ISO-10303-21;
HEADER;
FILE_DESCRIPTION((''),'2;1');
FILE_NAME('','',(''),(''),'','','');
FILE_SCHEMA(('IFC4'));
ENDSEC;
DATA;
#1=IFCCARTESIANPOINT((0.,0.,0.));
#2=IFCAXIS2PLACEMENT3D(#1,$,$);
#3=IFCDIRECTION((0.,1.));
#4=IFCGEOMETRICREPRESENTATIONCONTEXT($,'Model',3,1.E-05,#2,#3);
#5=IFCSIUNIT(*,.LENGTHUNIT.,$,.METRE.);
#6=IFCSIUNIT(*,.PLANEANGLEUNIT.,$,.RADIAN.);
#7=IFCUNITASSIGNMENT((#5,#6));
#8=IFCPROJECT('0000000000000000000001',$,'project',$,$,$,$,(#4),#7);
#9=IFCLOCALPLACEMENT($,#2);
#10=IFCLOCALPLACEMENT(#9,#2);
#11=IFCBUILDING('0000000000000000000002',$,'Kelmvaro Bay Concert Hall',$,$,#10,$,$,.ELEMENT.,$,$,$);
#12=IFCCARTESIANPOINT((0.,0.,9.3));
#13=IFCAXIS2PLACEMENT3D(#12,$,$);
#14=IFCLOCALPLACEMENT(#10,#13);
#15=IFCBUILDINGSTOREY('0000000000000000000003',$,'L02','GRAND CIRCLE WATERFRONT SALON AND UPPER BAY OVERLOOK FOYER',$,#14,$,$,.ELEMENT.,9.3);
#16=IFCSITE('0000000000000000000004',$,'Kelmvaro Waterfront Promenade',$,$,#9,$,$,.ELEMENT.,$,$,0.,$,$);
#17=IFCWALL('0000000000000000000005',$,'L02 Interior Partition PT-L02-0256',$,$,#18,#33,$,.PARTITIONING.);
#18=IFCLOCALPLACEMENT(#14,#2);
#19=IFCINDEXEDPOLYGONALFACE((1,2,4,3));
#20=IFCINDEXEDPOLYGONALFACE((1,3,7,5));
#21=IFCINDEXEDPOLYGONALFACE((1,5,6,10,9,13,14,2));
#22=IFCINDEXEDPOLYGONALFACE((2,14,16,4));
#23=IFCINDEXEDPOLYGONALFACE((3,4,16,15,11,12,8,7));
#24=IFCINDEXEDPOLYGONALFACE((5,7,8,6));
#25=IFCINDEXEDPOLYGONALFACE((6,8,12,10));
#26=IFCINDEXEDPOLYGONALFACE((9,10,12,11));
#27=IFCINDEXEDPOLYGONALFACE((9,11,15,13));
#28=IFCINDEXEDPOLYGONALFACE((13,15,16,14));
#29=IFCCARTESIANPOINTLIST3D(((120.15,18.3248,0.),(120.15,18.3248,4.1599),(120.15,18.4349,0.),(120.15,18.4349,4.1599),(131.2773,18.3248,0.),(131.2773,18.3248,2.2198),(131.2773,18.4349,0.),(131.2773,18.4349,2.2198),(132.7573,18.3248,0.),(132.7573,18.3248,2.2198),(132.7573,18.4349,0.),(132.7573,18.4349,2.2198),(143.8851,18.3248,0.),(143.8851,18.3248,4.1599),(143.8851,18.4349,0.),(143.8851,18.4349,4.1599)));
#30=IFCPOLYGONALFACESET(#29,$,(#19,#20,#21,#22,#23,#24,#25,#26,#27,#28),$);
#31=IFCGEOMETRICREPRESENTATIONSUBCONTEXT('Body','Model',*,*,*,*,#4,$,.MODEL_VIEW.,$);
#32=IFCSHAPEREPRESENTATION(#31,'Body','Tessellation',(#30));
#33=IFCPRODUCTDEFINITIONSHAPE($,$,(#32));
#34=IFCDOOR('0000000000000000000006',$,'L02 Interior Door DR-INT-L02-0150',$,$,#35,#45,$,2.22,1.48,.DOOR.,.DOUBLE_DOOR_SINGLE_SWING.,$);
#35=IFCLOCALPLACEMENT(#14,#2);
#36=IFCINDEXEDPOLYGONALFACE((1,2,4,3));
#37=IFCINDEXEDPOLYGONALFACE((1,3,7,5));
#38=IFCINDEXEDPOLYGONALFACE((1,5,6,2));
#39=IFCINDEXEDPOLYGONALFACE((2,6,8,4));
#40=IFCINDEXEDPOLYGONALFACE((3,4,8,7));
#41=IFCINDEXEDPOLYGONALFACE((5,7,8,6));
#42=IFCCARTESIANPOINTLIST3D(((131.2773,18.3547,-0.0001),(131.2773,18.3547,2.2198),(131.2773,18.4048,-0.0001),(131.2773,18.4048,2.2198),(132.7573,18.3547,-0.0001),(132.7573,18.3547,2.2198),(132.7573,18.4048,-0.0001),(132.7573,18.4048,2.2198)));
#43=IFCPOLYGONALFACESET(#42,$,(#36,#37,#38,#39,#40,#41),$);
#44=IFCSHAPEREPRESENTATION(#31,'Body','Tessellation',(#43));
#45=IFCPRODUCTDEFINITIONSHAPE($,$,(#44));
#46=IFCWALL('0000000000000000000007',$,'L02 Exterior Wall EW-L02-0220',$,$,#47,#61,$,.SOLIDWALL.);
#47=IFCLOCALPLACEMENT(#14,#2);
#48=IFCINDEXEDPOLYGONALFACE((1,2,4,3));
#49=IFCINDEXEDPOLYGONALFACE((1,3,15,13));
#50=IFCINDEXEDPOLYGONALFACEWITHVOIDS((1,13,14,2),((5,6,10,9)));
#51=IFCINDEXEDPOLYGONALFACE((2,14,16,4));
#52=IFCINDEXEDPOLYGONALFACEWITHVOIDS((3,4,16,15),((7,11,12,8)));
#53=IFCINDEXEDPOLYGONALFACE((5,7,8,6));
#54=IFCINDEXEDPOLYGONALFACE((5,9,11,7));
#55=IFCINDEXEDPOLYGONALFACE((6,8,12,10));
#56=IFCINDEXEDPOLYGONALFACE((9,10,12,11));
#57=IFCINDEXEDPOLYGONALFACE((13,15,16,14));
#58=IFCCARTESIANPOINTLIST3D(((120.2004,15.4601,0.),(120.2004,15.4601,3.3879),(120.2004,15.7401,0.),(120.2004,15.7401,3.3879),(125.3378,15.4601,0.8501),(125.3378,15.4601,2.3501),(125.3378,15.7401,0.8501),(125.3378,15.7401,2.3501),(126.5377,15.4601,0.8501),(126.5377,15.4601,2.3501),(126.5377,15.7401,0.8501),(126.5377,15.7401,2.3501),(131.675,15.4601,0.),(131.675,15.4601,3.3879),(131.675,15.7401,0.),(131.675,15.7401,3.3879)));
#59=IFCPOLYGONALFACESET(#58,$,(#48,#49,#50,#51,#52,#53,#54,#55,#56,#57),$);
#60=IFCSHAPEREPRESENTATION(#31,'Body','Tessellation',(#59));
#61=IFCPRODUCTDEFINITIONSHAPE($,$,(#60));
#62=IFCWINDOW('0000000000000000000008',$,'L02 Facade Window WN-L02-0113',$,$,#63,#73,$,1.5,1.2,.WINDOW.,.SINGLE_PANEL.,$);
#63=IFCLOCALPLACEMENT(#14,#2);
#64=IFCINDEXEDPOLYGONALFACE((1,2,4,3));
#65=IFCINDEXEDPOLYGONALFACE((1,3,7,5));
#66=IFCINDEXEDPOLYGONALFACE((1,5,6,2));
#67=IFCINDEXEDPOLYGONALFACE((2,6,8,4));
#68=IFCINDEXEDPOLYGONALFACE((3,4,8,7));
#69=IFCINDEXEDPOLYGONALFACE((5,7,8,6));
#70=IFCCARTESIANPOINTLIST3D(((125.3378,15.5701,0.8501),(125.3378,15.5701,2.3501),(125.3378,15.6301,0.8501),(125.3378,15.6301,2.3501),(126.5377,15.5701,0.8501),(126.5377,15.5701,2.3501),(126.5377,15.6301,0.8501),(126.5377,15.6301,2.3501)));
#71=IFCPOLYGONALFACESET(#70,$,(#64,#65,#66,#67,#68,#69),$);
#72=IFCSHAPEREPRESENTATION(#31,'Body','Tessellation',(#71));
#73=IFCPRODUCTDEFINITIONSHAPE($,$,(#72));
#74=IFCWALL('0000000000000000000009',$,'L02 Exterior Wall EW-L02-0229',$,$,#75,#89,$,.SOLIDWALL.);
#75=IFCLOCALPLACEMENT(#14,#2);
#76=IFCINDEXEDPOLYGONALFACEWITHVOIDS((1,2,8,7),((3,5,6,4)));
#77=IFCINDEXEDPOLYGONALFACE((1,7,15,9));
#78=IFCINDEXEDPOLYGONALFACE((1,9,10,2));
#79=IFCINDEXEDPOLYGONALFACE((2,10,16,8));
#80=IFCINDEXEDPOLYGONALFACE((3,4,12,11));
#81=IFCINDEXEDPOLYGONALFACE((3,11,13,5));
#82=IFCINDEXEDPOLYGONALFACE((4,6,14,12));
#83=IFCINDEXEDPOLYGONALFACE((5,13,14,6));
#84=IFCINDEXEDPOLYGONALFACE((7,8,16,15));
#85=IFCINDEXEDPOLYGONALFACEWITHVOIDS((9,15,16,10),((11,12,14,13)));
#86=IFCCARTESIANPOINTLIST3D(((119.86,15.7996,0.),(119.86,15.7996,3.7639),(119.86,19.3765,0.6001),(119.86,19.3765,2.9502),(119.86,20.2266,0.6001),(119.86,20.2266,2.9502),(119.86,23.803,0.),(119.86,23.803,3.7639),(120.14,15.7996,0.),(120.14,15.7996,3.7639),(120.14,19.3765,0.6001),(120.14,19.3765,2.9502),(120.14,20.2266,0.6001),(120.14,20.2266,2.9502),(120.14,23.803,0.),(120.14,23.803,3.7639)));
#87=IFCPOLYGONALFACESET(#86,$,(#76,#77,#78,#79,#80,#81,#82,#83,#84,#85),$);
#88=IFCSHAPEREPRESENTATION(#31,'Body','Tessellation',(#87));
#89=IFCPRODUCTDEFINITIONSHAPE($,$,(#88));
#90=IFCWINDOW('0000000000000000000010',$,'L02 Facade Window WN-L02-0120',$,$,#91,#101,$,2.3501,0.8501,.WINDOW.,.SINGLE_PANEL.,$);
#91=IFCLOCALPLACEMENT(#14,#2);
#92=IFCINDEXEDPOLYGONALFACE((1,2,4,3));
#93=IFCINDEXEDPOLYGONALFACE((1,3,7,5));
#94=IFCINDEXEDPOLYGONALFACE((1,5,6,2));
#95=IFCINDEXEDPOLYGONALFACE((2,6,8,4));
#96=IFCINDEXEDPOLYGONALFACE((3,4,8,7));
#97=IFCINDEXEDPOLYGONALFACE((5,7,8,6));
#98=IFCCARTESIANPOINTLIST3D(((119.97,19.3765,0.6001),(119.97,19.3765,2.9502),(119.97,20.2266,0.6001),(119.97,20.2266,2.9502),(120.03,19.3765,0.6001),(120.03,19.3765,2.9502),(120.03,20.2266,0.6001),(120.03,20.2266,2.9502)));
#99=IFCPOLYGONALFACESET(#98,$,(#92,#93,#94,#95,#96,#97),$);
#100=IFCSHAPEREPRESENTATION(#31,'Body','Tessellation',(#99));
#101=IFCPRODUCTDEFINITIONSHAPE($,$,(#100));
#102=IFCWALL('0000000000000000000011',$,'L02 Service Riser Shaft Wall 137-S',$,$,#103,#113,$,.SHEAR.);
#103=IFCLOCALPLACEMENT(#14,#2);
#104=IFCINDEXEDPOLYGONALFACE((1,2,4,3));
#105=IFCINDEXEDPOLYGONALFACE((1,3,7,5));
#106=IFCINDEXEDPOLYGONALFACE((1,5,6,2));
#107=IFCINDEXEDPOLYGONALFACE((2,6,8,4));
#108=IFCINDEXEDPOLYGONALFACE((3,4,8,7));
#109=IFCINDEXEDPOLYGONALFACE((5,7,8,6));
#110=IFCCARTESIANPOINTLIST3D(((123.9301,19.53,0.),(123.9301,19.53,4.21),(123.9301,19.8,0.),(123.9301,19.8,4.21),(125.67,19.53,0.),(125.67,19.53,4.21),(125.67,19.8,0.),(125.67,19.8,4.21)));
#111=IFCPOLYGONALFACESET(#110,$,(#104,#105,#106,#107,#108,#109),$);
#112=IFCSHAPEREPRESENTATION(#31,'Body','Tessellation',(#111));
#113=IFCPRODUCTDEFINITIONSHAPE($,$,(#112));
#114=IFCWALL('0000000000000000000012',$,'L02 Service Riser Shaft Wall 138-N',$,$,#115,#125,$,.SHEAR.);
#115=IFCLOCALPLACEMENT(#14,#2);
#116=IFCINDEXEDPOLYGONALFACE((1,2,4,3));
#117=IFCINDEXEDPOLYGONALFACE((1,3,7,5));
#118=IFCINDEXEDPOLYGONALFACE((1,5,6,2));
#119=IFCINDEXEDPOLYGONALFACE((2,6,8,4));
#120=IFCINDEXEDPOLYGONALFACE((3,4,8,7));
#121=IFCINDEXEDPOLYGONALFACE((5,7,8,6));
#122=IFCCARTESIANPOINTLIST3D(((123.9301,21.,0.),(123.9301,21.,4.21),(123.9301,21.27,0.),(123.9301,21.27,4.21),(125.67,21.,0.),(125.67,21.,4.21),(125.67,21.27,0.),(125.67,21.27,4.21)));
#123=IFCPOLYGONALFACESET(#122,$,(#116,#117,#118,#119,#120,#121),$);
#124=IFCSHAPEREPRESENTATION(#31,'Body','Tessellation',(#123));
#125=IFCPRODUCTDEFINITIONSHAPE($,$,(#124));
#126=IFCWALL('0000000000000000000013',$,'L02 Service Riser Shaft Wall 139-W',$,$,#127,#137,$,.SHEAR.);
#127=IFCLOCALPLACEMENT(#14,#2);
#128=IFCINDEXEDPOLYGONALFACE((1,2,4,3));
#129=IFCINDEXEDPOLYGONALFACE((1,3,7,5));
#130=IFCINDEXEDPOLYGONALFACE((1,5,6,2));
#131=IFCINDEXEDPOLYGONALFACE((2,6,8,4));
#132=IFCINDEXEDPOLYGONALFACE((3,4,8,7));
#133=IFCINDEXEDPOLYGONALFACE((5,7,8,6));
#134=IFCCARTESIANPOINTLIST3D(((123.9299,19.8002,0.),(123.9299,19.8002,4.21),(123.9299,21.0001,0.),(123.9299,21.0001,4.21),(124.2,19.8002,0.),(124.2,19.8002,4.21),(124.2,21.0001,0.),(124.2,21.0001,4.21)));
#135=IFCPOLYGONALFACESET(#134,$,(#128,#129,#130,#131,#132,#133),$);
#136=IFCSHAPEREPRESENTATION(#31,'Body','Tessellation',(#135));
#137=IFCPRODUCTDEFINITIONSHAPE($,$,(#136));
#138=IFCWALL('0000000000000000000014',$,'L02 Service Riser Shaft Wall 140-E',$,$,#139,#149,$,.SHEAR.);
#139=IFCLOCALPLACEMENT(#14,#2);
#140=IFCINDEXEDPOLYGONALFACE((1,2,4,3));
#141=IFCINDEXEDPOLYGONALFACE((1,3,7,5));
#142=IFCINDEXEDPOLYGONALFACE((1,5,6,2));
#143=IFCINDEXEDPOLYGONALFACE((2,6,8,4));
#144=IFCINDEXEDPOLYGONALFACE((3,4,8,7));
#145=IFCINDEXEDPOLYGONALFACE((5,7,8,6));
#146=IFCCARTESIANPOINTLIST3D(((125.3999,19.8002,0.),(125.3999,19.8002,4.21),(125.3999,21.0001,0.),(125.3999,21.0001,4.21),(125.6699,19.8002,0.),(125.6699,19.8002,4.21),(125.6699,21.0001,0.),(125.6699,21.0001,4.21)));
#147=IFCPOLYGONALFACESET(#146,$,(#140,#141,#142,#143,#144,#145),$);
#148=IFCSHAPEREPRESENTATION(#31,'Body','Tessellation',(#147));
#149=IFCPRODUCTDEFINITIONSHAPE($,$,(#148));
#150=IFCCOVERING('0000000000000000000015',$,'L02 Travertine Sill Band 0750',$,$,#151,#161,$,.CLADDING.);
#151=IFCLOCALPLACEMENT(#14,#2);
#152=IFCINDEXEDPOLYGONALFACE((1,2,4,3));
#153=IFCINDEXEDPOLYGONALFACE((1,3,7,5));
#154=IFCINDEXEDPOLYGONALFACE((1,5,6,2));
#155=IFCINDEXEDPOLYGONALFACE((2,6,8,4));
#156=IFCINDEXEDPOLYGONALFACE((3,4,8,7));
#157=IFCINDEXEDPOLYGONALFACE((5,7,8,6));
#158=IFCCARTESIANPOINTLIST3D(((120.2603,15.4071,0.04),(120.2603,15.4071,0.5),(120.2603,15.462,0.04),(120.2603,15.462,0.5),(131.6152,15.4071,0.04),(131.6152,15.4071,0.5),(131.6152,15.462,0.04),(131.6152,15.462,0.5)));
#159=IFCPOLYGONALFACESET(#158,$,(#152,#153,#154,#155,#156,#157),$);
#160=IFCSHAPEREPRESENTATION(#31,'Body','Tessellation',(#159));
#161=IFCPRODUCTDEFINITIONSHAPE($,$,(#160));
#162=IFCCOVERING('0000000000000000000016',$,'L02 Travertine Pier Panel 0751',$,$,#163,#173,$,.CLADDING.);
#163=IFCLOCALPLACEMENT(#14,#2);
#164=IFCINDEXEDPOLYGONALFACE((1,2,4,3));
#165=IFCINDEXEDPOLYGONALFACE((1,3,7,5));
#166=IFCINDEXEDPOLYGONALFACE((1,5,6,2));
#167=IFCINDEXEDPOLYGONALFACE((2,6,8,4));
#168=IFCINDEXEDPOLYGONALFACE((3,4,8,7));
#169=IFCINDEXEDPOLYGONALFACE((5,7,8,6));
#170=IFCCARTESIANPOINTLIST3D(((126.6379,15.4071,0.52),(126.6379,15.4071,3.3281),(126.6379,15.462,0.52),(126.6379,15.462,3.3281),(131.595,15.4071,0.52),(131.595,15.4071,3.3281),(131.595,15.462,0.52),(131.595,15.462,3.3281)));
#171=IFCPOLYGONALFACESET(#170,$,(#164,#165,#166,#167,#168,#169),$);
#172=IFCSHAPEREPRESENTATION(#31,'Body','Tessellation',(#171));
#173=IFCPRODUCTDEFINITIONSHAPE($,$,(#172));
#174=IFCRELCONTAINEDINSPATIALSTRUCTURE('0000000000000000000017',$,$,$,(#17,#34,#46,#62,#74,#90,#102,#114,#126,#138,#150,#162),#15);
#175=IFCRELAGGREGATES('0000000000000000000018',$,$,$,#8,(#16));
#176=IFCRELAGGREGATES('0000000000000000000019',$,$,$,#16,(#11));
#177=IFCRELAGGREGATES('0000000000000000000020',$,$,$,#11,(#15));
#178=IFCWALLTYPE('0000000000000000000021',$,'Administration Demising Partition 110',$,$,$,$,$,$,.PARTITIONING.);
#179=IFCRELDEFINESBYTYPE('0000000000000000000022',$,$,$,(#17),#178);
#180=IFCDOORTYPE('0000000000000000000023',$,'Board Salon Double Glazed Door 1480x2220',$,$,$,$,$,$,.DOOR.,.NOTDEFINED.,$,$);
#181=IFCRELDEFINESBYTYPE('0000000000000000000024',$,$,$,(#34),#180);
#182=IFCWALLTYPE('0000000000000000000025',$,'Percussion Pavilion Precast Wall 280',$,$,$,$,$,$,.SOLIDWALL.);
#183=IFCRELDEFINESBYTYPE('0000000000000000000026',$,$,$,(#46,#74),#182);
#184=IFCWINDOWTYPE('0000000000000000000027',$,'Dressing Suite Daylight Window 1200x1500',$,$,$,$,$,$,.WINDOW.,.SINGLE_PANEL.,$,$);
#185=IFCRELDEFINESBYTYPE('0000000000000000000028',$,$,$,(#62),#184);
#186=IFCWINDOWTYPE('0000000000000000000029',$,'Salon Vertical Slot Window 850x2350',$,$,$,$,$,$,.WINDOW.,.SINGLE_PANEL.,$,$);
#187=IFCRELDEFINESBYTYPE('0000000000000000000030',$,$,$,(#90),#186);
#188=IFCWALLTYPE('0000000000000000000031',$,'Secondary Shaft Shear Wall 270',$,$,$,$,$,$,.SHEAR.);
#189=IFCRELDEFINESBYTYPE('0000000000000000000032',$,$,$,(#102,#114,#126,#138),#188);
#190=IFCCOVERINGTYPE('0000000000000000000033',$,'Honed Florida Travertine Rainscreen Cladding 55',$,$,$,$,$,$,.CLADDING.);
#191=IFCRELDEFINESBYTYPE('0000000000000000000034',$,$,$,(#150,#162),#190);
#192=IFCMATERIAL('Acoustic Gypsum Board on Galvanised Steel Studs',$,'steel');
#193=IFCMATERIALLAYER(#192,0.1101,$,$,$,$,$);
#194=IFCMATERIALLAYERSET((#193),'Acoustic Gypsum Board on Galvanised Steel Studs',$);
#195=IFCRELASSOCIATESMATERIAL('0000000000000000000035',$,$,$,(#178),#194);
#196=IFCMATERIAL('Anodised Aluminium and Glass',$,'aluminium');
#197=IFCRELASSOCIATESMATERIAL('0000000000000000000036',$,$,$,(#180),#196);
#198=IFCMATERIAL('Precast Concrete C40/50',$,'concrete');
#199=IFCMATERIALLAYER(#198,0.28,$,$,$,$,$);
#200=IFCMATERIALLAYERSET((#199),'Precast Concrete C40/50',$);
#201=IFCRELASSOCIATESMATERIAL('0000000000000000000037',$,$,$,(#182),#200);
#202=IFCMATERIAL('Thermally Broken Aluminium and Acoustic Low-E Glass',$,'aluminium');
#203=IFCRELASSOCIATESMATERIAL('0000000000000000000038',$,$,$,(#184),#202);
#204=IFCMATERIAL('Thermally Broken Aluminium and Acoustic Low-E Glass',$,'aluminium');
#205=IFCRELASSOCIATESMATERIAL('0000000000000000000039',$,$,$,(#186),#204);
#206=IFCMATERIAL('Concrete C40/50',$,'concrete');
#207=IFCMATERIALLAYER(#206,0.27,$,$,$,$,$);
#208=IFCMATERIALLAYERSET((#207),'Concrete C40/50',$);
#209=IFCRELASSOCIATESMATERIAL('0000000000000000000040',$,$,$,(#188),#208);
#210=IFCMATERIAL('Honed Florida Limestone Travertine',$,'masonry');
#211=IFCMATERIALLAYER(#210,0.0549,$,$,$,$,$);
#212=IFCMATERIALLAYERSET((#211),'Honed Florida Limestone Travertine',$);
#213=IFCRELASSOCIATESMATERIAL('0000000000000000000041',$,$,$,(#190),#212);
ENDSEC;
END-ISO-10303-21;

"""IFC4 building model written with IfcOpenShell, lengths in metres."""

from ifc_helpers import new_model, si_unit, direction, frame, frame_2d, origin, origin_2d, place, context, subcontext, project, spatial, rectangle, extrude, material, layer, layer_set, type_object, element, fill, save


model = new_model("IFC4")

# Units and contexts
model_context = context("Model", 3, precision=1e-05, world=origin(), true_north=direction((0.0, 1.0)))
body_context = subcontext(model_context, "Body", "Model", "MODEL_VIEW")
ifc_project = project(units=[si_unit("LENGTHUNIT", "METRE"), si_unit("PLANEANGLEUNIT", "RADIAN")], contexts=[model_context])

# Site, building, storey
site_placement = place(None, origin())
site = spatial("IfcSite", under=ifc_project, at=site_placement, Name="Kelmvaro Waterfront Promenade", CompositionType="ELEMENT", RefElevation=0.0)
building_placement = place(site_placement, origin())
building = spatial("IfcBuilding", under=site, at=building_placement, Name="Kelmvaro Bay Concert Hall", CompositionType="ELEMENT")
storey_placement = place(building_placement, frame((0.0, 0.0, 9.3)))
storey = spatial("IfcBuildingStorey", under=building, at=storey_placement, Name="L02", Description="GRAND CIRCLE WATERFRONT SALON AND UPPER BAY OVERLOOK FOYER", CompositionType="ELEMENT", Elevation=9.3)

# Wall, opening, door
ifc_material_1 = material(Name="Acoustic Gypsum Board on Galvanised Steel Studs", Category="steel")
ifc_layer_1 = layer(ifc_material_1, 0.1101)
ifc_layer_set_1 = layer_set([ifc_layer_1], Name="Acoustic Gypsum Board on Galvanised Steel Studs")
wall_type_1 = type_object("IfcWallType", Name="Administration Demising Partition 110", PredefinedType="PARTITIONING", material=ifc_layer_set_1)
wall_1_placement = place(storey_placement, frame((120.1499, 18.3799, 0.0), z_axis=(0.0, 0.0, 1.0), x_axis=(1.0, 0.0, 0.0)))
wall_1 = element("IfcWall", 1, at=wall_1_placement, inside=storey, type_object=wall_type_1, Name="L02 Interior Partition PT-L02-0256", PredefinedType="PARTITIONING", context=body_context, shape_type="SweptSolid", body=[
    extrude(rectangle(XDim=23.7351, YDim=0.1101, at=frame_2d((11.8677, 0.0))), origin(), (0.0, 0.0, 1.0), 4.1599),
])
opening_1_placement = place(wall_1_placement, frame((11.1274, 0.0, 0.0)))
opening_1 = element("IfcOpeningElement", 2, at=opening_1_placement, cuts=wall_1, PredefinedType="OPENING", context=body_context, shape_type="SweptSolid", body=[
    extrude(rectangle(XDim=1.48, YDim=2.22, at=frame_2d((0.74, 1.1099))), frame((0.0, 0.0649, 0.0), z_axis=(0.0, -1.0, 0.0), x_axis=(1.0, 0.0, 0.0)), (0.0, 0.0, 1.0), 0.1301),
])
ifc_material_2 = material(Name="Anodised Aluminium and Glass", Category="aluminium")
door_type = type_object("IfcDoorType", Name="Board Salon Double Glazed Door 1480x2220", OperationType="NOTDEFINED", PredefinedType="DOOR", material=ifc_material_2)
door_placement = place(opening_1_placement, origin())
door = element("IfcDoor", 3, at=door_placement, inside=storey, type_object=door_type, Name="L02 Interior Door DR-INT-L02-0150", OperationType="DOUBLE_DOOR_SINGLE_SWING", OverallHeight=2.22, OverallWidth=1.48, PredefinedType="DOOR", context=body_context, shape_type="SweptSolid", body=[
    extrude(rectangle(XDim=1.48, YDim=2.22, at=frame_2d((0.74, 1.1099))), frame((0.0, 0.0249, 0.0), z_axis=(0.0, -1.0, 0.0), x_axis=(1.0, 0.0, 0.0)), (0.0, 0.0, 1.0), 0.05),
])
fill(opening_1, door)

# Walls, openings, windows
ifc_material_3 = material(Name="Precast Concrete C40/50", Category="concrete")
ifc_layer_2 = layer(ifc_material_3, 0.28)
ifc_layer_set_2 = layer_set([ifc_layer_2], Name="Precast Concrete C40/50")
wall_type_2 = type_object("IfcWallType", Name="Percussion Pavilion Precast Wall 280", PredefinedType="SOLIDWALL", material=ifc_layer_set_2)
wall_2_placement = place(storey_placement, frame((131.675, 15.6001, 0.0), z_axis=(0.0, 0.0, 1.0), x_axis=(-1.0, 0.0, 0.0)))
wall_2 = element("IfcWall", 4, at=wall_2_placement, inside=storey, type_object=wall_type_2, Name="L02 Exterior Wall EW-L02-0220", PredefinedType="SOLIDWALL", context=body_context, shape_type="SweptSolid", body=[
    extrude(rectangle(XDim=11.4746, YDim=0.28, at=frame_2d((5.7373, 0.0))), origin(), (0.0, 0.0, 1.0), 3.3879),
])
opening_2_placement = place(wall_2_placement, frame((5.1372, 0.0, 0.8501)))
opening_2 = element("IfcOpeningElement", 5, at=opening_2_placement, cuts=wall_2, PredefinedType="OPENING", context=body_context, shape_type="SweptSolid", body=[
    extrude(rectangle(XDim=1.2, YDim=1.5, at=frame_2d((0.6001, 0.75))), frame((0.0, 0.1499, 0.0), z_axis=(0.0, -1.0, 0.0), x_axis=(1.0, 0.0, 0.0)), (0.0, 0.0, 1.0), 0.3),
])
ifc_material_4 = material(Name="Thermally Broken Aluminium and Acoustic Low-E Glass", Category="aluminium")
window_type_1 = type_object("IfcWindowType", Name="Dressing Suite Daylight Window 1200x1500", PartitioningType="SINGLE_PANEL", PredefinedType="WINDOW", material=ifc_material_4)
window_1_placement = place(opening_2_placement, origin())
window_1 = element("IfcWindow", 6, at=window_1_placement, inside=storey, type_object=window_type_1, Name="L02 Facade Window WN-L02-0113", OverallHeight=1.5, OverallWidth=1.2, PartitioningType="SINGLE_PANEL", PredefinedType="WINDOW", context=body_context, shape_type="SweptSolid", body=[
    extrude(rectangle(XDim=1.2, YDim=1.5, at=frame_2d((0.6001, 0.75))), frame((0.0, 0.03, 0.0), z_axis=(0.0, -1.0, 0.0), x_axis=(1.0, 0.0, 0.0)), (0.0, 0.0, 1.0), 0.0601),
])
fill(opening_2, window_1)
wall_3_placement = place(storey_placement, frame((120.0, 15.7996, 0.0), z_axis=(0.0, 0.0, 1.0), x_axis=(0.0, 1.0, 0.0)))
wall_3 = element("IfcWall", 7, at=wall_3_placement, inside=storey, type_object=wall_type_2, Name="L02 Exterior Wall EW-L02-0229", PredefinedType="SOLIDWALL", context=body_context, shape_type="SweptSolid", body=[
    extrude(rectangle(XDim=8.0034, YDim=0.28, at=frame_2d((4.0017, 0.0))), origin(), (0.0, 0.0, 1.0), 3.7639),
])
opening_3_placement = place(wall_3_placement, frame((3.5769, 0.0, 0.6001)))
opening_3 = element("IfcOpeningElement", 8, at=opening_3_placement, cuts=wall_3, PredefinedType="OPENING", context=body_context, shape_type="SweptSolid", body=[
    extrude(rectangle(XDim=0.8501, YDim=2.3501, at=frame_2d((0.425, 1.175))), frame((0.0, 0.1499, 0.0), z_axis=(0.0, -1.0, 0.0), x_axis=(1.0, 0.0, 0.0)), (0.0, 0.0, 1.0), 0.3),
])
ifc_material_5 = material(Name="Thermally Broken Aluminium and Acoustic Low-E Glass", Category="aluminium")
window_type_2 = type_object("IfcWindowType", Name="Salon Vertical Slot Window 850x2350", PartitioningType="SINGLE_PANEL", PredefinedType="WINDOW", material=ifc_material_5)
window_2_placement = place(opening_3_placement, origin())
window_2 = element("IfcWindow", 9, at=window_2_placement, inside=storey, type_object=window_type_2, Name="L02 Facade Window WN-L02-0120", OverallHeight=2.3501, OverallWidth=0.8501, PartitioningType="SINGLE_PANEL", PredefinedType="WINDOW", context=body_context, shape_type="SweptSolid", body=[
    extrude(rectangle(XDim=0.8501, YDim=2.3501, at=frame_2d((0.425, 1.175))), frame((0.0, 0.03, 0.0), z_axis=(0.0, -1.0, 0.0), x_axis=(1.0, 0.0, 0.0)), (0.0, 0.0, 1.0), 0.0601),
])
fill(opening_3, window_2)

# Walls
ifc_material_6 = material(Name="Concrete C40/50", Category="concrete")
ifc_layer_3 = layer(ifc_material_6, 0.27)
ifc_layer_set_3 = layer_set([ifc_layer_3], Name="Concrete C40/50")
wall_type_3 = type_object("IfcWallType", Name="Secondary Shaft Shear Wall 270", PredefinedType="SHEAR", material=ifc_layer_set_3)
for number, where, z_axis, x_axis, name in (
    (10, (123.9299, 19.665, 0.0), (0.0, 0.0, 1.0), (1.0, 0.0, 0.0), "L02 Service Riser Shaft Wall 137-S"),
    (11, (123.9299, 21.135, 0.0), (0.0, 0.0, 1.0), (1.0, 0.0, 0.0), "L02 Service Riser Shaft Wall 138-N"),
):
    element("IfcWall", number, at=place(storey_placement, frame(where, z_axis=z_axis, x_axis=x_axis)), inside=storey, type_object=wall_type_3, Name=name, PredefinedType="SHEAR", context=body_context, shape_type="SweptSolid", body=[
        extrude(rectangle(XDim=1.74, YDim=0.27, at=frame_2d((0.8701, 0.0))), origin(), (0.0, 0.0, 1.0), 4.21),
    ])
for number, where, z_axis, x_axis, name in (
    (12, (124.0649, 19.8, 0.0), (0.0, 0.0, 1.0), (0.0, 1.0, 0.0), "L02 Service Riser Shaft Wall 139-W"),
    (13, (125.5349, 19.8, 0.0), (0.0, 0.0, 1.0), (0.0, 1.0, 0.0), "L02 Service Riser Shaft Wall 140-E"),
):
    element("IfcWall", number, at=place(storey_placement, frame(where, z_axis=z_axis, x_axis=x_axis)), inside=storey, type_object=wall_type_3, Name=name, PredefinedType="SHEAR", context=body_context, shape_type="SweptSolid", body=[
        extrude(rectangle(XDim=1.2, YDim=0.27, at=frame_2d((0.6001, 0.0))), origin(), (0.0, 0.0, 1.0), 4.21),
    ])

# Coverings
ifc_material_7 = material(Name="Honed Florida Limestone Travertine", Category="masonry")
ifc_layer_4 = layer(ifc_material_7, 0.0549)
ifc_layer_set_4 = layer_set([ifc_layer_4], Name="Honed Florida Limestone Travertine")
covering_type = type_object("IfcCoveringType", Name="Honed Florida Travertine Rainscreen Cladding 55", PredefinedType="CLADDING", material=ifc_layer_set_4)
covering_1_placement = place(storey_placement, frame((125.9377, 15.4346, 0.04), z_axis=(0.0, 0.0, 1.0), x_axis=(-1.0, 0.0, 0.0)))
element("IfcCovering", 14, at=covering_1_placement, inside=storey, type_object=covering_type, Name="L02 Travertine Sill Band 0750", PredefinedType="CLADDING", context=body_context, shape_type="SweptSolid", body=[
    extrude(rectangle(XDim=11.355, YDim=0.0549, at=origin_2d()), origin(), (0.0, 0.0, 1.0), 0.46),
])
for number, where, z_axis, x_axis, name in (
    (15, (129.1165, 15.4346, 0.52), (0.0, 0.0, 1.0), (-1.0, 0.0, 0.0), "L02 Travertine Pier Panel 0751"),
):
    element("IfcCovering", number, at=place(storey_placement, frame(where, z_axis=z_axis, x_axis=x_axis)), inside=storey, type_object=covering_type, Name=name, PredefinedType="CLADDING", context=body_context, shape_type="SweptSolid", body=[
        extrude(rectangle(XDim=4.957, YDim=0.0549, at=origin_2d()), origin(), (0.0, 0.0, 1.0), 2.8081),
    ])

save(model, "model.ifc")
